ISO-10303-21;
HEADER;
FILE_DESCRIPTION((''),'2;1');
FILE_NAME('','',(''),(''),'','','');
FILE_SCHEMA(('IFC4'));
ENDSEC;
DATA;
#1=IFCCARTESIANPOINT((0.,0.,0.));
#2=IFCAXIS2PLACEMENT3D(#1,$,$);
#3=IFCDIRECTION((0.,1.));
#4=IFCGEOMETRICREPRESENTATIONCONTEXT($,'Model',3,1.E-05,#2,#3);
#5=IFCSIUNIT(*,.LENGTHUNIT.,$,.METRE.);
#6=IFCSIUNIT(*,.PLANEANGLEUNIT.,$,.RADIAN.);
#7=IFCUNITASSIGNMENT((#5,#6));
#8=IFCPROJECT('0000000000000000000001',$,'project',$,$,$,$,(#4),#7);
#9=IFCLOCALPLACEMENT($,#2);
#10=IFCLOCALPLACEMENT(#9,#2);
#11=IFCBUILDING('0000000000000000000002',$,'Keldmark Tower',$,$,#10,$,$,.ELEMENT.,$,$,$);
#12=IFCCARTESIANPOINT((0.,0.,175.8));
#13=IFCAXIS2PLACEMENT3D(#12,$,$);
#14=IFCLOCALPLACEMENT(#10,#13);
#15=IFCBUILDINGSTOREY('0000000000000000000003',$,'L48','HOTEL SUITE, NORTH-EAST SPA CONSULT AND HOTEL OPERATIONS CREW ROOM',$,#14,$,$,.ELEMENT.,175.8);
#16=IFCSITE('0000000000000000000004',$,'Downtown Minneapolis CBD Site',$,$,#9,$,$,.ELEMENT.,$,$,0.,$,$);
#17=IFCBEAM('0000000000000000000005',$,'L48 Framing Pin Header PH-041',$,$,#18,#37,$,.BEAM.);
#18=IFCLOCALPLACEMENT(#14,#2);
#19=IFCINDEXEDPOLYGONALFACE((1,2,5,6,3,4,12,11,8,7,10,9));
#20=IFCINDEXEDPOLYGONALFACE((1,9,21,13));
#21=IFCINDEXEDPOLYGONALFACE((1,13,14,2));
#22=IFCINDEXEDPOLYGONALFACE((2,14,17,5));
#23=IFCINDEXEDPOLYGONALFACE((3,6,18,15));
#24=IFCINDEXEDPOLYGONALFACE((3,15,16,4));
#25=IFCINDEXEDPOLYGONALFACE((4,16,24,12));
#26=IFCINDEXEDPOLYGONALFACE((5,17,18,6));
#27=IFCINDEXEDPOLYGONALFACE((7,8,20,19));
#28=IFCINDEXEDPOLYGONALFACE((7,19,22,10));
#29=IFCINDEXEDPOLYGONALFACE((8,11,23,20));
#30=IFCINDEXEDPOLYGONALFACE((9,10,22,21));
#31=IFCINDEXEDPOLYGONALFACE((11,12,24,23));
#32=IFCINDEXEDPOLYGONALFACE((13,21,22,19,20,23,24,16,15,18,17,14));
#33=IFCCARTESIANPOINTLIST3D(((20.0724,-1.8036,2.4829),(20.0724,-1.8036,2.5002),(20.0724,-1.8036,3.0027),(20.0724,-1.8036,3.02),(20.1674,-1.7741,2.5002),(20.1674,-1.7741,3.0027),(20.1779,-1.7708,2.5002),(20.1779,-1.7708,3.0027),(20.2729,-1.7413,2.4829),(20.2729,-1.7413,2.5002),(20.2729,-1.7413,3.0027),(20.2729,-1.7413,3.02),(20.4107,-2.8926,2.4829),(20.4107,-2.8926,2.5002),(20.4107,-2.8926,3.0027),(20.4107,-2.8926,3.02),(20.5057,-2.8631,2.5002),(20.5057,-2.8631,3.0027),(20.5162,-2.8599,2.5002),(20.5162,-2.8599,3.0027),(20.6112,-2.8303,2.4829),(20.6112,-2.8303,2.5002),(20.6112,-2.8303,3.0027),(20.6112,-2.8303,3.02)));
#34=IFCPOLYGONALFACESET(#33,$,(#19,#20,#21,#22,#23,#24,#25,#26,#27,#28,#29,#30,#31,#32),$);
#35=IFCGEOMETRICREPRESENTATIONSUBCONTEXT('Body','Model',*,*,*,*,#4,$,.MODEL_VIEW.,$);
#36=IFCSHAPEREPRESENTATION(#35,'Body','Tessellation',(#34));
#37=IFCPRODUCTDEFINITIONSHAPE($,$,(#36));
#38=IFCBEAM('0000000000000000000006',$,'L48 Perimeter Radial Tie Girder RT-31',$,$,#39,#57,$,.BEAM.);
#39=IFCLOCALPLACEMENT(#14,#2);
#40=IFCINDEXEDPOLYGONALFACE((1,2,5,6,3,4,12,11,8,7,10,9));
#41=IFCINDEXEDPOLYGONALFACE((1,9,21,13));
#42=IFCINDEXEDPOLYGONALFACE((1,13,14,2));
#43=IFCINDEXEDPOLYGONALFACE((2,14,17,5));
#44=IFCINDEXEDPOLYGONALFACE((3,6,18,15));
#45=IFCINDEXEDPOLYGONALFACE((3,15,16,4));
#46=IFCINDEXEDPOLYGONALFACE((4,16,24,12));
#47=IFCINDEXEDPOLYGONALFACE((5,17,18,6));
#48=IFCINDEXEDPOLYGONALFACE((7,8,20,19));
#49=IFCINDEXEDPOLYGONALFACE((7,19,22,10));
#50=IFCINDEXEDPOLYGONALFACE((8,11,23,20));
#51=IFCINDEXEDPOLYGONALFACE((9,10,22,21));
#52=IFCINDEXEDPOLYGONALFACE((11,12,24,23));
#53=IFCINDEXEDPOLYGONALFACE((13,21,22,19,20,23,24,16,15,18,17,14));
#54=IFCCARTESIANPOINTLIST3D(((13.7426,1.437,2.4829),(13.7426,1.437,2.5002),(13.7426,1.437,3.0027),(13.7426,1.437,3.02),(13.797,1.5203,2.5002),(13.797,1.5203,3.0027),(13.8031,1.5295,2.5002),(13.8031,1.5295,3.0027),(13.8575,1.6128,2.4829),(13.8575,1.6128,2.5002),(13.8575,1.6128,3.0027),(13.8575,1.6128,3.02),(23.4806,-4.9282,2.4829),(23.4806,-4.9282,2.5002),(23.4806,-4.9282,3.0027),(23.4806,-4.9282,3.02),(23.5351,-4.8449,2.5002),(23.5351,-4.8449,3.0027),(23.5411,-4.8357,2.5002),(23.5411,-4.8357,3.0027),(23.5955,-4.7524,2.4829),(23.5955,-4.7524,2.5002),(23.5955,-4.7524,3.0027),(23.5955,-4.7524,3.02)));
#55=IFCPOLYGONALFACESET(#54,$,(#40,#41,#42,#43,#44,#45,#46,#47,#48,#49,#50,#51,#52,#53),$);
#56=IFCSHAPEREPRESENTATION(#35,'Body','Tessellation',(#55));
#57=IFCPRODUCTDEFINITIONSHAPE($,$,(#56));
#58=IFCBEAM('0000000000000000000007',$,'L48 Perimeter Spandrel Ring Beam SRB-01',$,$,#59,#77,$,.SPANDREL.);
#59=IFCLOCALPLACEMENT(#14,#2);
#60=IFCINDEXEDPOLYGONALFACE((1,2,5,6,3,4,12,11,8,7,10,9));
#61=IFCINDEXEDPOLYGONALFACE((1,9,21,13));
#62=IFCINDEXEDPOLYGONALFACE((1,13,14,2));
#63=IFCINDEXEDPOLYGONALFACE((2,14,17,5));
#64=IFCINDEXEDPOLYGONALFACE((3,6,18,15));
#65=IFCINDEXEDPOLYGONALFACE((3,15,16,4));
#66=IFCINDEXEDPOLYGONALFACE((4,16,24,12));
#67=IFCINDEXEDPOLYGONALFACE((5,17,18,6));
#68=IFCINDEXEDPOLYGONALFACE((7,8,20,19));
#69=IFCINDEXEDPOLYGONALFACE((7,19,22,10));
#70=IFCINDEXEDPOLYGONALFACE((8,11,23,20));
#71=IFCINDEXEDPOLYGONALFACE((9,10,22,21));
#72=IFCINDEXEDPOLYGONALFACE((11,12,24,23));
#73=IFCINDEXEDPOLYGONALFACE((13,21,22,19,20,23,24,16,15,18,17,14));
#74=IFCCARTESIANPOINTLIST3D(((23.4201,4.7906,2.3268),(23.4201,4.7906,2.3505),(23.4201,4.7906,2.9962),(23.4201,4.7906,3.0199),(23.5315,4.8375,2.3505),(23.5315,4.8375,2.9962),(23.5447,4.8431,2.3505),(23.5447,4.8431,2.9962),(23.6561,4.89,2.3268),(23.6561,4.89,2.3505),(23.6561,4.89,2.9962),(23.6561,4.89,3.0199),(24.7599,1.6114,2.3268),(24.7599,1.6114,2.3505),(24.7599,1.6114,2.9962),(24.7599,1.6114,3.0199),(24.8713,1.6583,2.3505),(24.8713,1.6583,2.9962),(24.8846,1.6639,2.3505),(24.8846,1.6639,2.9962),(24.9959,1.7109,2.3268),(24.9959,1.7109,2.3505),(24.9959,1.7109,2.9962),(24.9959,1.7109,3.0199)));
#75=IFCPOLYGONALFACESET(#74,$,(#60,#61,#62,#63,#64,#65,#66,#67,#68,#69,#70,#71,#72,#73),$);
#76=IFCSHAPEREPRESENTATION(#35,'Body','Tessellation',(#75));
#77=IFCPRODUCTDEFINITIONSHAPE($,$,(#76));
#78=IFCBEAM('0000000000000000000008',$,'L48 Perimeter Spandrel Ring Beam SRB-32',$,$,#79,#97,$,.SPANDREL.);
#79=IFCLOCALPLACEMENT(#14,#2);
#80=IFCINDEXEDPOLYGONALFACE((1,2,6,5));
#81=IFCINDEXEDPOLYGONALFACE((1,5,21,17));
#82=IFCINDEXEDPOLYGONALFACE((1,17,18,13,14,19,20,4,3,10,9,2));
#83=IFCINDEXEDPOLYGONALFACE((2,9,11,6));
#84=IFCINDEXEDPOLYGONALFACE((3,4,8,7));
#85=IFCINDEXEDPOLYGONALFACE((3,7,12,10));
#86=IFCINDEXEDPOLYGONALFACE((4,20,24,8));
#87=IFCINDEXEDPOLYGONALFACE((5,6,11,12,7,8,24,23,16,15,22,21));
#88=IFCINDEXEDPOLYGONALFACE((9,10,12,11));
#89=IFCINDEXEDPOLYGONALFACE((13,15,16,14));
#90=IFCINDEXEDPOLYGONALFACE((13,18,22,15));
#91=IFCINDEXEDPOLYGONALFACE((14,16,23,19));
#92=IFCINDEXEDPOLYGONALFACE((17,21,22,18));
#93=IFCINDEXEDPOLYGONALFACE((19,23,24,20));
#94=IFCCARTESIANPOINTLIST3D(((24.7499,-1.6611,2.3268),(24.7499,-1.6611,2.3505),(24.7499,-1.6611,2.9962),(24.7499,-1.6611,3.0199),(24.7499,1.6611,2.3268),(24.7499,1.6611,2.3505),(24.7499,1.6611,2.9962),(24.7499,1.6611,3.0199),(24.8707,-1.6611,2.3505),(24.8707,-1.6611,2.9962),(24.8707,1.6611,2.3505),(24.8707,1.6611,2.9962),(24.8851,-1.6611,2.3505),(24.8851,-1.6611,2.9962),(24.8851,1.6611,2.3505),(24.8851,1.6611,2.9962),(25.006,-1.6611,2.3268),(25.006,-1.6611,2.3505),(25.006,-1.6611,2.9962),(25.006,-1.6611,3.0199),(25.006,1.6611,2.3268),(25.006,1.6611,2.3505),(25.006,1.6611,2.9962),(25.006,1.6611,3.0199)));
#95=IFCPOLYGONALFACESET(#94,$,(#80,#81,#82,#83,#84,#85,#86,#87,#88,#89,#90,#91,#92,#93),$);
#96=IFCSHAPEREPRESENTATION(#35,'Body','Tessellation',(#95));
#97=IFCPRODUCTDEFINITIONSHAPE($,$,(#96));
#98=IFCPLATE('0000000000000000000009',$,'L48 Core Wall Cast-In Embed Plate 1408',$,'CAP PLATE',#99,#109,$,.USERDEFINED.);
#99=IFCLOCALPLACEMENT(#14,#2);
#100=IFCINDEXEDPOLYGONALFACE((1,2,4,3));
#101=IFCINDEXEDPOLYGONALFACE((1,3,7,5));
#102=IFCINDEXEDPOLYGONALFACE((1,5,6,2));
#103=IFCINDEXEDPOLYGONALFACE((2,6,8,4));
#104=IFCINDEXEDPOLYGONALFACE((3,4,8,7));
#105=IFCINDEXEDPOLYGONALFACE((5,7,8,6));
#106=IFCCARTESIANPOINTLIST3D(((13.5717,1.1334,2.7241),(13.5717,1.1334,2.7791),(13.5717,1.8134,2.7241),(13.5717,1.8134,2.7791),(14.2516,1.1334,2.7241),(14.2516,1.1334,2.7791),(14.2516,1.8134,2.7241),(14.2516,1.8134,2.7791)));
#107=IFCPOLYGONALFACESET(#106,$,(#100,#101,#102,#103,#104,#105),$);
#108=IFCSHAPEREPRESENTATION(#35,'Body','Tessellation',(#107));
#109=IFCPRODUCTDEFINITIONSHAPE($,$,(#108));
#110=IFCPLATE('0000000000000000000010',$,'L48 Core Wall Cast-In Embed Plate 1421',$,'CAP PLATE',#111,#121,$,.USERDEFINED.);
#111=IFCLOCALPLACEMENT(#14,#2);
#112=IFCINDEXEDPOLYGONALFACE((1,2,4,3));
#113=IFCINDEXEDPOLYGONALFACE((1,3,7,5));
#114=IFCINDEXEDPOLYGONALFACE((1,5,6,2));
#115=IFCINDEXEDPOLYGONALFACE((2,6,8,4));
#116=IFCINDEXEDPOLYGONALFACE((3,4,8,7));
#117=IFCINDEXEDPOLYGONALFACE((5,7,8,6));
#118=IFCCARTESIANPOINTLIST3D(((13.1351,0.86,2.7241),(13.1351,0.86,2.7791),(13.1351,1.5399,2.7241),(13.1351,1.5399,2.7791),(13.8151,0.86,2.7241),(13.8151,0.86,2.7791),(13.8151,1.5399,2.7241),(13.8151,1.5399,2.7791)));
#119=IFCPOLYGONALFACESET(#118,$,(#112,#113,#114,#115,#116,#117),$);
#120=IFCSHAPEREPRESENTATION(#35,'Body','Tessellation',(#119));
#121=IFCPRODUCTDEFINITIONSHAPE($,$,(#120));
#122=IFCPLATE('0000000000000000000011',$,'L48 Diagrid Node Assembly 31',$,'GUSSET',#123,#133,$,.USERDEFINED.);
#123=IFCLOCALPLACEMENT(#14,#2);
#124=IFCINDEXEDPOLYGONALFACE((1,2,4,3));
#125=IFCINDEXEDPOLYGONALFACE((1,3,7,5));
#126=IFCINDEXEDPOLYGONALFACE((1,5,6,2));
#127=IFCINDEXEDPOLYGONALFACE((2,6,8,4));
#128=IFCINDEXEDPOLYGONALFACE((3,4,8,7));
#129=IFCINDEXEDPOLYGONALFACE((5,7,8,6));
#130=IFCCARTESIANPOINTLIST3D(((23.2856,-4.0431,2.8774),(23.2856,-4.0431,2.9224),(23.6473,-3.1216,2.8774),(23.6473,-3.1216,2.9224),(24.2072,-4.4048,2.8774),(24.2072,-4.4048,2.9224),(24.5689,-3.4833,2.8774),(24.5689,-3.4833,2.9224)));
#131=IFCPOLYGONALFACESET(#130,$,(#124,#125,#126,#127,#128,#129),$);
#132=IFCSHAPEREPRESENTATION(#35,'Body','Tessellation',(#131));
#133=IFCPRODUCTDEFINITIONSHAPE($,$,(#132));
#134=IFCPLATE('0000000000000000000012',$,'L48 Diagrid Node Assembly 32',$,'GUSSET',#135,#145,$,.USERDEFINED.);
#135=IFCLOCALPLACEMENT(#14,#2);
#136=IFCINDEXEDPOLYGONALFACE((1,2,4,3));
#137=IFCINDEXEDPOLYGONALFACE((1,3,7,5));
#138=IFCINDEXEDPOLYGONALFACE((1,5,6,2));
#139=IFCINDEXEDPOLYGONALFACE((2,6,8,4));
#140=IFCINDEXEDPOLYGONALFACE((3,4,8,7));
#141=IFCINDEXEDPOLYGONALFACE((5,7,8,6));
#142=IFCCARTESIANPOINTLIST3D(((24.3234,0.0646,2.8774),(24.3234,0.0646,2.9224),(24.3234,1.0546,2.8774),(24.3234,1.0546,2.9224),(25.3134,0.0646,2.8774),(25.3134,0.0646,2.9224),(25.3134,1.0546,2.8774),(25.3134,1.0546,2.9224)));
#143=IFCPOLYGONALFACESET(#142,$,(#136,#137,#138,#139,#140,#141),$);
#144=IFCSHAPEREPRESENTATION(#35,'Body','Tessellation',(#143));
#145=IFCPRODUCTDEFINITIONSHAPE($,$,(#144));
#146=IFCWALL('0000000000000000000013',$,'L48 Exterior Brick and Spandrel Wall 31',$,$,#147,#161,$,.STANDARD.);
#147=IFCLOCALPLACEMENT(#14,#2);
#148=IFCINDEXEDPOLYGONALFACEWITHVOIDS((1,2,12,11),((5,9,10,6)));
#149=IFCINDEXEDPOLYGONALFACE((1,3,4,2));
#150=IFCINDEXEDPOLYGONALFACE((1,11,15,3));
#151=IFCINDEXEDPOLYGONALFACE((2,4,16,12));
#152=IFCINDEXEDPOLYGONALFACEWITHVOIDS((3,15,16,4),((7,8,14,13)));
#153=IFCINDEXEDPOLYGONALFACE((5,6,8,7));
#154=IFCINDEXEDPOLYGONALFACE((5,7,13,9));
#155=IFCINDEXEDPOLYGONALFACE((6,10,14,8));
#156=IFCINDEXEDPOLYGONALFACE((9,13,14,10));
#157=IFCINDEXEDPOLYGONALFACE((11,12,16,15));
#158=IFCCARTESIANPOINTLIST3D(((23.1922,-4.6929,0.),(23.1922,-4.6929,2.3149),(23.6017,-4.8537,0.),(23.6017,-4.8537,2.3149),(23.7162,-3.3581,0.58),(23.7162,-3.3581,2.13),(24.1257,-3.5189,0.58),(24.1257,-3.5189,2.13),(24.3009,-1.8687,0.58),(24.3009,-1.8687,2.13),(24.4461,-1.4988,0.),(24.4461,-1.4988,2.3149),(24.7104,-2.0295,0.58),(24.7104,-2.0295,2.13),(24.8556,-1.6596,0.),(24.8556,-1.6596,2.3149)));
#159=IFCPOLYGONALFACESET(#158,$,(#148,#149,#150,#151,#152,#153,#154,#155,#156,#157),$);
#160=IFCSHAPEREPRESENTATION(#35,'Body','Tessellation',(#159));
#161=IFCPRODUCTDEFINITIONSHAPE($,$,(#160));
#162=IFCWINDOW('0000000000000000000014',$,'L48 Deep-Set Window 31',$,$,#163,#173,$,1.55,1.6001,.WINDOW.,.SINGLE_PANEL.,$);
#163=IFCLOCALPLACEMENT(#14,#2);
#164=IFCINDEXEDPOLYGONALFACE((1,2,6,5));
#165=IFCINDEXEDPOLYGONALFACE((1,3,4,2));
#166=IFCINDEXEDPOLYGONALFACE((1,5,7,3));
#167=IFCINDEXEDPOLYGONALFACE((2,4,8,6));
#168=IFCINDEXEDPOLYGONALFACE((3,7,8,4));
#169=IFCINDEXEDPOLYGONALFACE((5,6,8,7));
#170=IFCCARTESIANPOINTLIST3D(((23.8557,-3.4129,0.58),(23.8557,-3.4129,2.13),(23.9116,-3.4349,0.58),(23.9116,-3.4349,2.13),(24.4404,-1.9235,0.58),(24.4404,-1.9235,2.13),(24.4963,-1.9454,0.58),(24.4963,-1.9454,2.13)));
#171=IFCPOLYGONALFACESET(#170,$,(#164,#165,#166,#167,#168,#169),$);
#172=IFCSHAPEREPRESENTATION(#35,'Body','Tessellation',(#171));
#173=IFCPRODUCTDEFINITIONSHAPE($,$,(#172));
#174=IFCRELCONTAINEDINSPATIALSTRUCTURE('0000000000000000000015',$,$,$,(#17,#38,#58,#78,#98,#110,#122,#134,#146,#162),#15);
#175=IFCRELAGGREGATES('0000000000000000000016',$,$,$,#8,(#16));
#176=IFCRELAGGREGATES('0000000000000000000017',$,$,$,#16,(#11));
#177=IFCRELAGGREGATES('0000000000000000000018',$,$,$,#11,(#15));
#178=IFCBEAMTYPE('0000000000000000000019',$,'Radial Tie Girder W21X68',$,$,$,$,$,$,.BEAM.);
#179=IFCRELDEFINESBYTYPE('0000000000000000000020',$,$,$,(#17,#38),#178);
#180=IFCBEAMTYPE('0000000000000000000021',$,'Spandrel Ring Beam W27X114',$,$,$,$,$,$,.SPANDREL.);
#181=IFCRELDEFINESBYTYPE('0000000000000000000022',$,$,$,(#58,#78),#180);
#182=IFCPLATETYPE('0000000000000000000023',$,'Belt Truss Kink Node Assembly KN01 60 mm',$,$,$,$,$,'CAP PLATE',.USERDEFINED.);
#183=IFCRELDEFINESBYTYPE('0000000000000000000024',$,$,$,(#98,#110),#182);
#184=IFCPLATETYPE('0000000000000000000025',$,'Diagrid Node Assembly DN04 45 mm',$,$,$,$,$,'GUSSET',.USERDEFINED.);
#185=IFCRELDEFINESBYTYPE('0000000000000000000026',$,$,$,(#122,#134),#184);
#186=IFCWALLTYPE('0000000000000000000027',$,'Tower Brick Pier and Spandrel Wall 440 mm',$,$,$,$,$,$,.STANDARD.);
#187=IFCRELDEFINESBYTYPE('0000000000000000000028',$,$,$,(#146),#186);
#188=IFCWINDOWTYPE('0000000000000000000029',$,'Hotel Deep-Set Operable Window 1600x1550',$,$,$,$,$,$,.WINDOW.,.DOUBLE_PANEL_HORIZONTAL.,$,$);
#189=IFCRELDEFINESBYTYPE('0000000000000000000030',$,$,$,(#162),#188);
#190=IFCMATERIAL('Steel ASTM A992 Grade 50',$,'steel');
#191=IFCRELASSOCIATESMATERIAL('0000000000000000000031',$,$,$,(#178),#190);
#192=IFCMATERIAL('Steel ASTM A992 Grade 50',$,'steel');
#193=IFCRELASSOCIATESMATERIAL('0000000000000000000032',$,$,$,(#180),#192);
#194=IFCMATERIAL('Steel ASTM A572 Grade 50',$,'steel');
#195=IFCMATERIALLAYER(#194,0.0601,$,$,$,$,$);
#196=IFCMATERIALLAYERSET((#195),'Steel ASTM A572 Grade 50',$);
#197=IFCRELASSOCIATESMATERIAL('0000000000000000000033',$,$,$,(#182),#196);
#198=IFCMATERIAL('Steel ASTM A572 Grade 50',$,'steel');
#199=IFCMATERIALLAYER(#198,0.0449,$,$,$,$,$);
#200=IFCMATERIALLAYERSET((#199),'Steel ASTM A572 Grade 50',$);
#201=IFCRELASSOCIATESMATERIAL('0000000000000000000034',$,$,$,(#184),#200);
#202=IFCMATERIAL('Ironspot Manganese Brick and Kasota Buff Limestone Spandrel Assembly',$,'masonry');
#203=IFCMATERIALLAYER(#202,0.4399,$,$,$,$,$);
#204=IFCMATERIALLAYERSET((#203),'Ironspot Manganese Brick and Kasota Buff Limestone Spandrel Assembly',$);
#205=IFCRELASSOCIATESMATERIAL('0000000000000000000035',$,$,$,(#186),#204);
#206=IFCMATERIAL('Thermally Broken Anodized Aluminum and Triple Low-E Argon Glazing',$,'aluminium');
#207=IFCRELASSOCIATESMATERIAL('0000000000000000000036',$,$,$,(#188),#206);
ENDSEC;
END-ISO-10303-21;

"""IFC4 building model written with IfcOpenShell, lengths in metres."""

from ifc_helpers import new_model, si_unit, direction, frame, frame_2d, origin, origin_2d, place, context, subcontext, project, spatial, rectangle, i_section, extrude, material, layer, layer_set, material_profile, profile_set, type_object, element, fill, save


model = new_model("IFC4")

# Units and contexts
model_context = context("Model", 3, precision=1e-05, world=origin(), true_north=direction((0.0, 1.0)))
body_context = subcontext(model_context, "Body", "Model", "MODEL_VIEW")
ifc_project = project(units=[si_unit("LENGTHUNIT", "METRE"), si_unit("PLANEANGLEUNIT", "RADIAN")], contexts=[model_context])

# Site, building, storey
site_placement = place(None, origin())
site = spatial("IfcSite", under=ifc_project, at=site_placement, Name="Downtown Minneapolis CBD Site", CompositionType="ELEMENT", RefElevation=0.0)
building_placement = place(site_placement, origin())
building = spatial("IfcBuilding", under=site, at=building_placement, Name="Keldmark Tower", CompositionType="ELEMENT")
storey_placement = place(building_placement, frame((0.0, 0.0, 175.8)))
storey = spatial("IfcBuildingStorey", under=building, at=storey_placement, Name="L48", Description="HOTEL SUITE, NORTH-EAST SPA CONSULT AND HOTEL OPERATIONS CREW ROOM", CompositionType="ELEMENT", Elevation=175.8)

# Beams
ifc_material_1 = material(Name="Steel ASTM A992 Grade 50", Category="steel")
ifc_material_profile_1 = material_profile(ifc_material_1, i_section(OverallWidth=0.21, OverallDepth=0.5371, WebThickness=0.011, FlangeThickness=0.0173, at=origin_2d()), Name="W21X68")
ifc_profile_set_1 = profile_set([ifc_material_profile_1], Name="Steel ASTM A992 Grade 50")
beam_type_1 = type_object("IfcBeamType", Name="Radial Tie Girder W21X68", PredefinedType="BEAM", material=ifc_profile_set_1)
beam_1_placement = place(storey_placement, frame((20.1726, -1.7725, 2.7515), z_axis=(0.296702, -0.95497, 0.0), x_axis=(0.95497, 0.296702, 0.0)))
element("IfcBeam", 1, at=beam_1_placement, inside=storey, type_object=beam_type_1, Name="L48 Framing Pin Header PH-041", PredefinedType="BEAM", context=body_context, shape_type="SweptSolid", body=[
    extrude(i_section(OverallWidth=0.21, OverallDepth=0.5371, WebThickness=0.011, FlangeThickness=0.0173, at=origin_2d()), origin(), (0.0, 0.0, 1.0), 1.1404),
])
beam_2_placement = place(storey_placement, frame((13.8, 1.5249, 2.7515), z_axis=(0.837046, -0.547132, 0.0), x_axis=(0.547132, 0.837046, 0.0)))
element("IfcBeam", 2, at=beam_2_placement, inside=storey, type_object=beam_type_1, Name="L48 Perimeter Radial Tie Girder RT-31", PredefinedType="BEAM", context=body_context, shape_type="SweptSolid", body=[
    extrude(i_section(OverallWidth=0.21, OverallDepth=0.5371, WebThickness=0.011, FlangeThickness=0.0173, at=origin_2d()), origin(), (0.0, 0.0, 1.0), 11.6338),
])
ifc_material_2 = material(Name="Steel ASTM A992 Grade 50", Category="steel")
ifc_material_profile_2 = material_profile(ifc_material_2, i_section(OverallWidth=0.2561, OverallDepth=0.6931, WebThickness=0.0144, FlangeThickness=0.0237, at=origin_2d()), Name="W27X114")
ifc_profile_set_2 = profile_set([ifc_material_profile_2], Name="Steel ASTM A992 Grade 50")
beam_type_2 = type_object("IfcBeamType", Name="Spandrel Ring Beam W27X114", PredefinedType="SPANDREL", material=ifc_profile_set_2)
beam_3_placement = place(storey_placement, frame((24.8779, 1.6611, 2.6733), z_axis=(-0.388361, 0.921507, 0.0), x_axis=(-0.921507, -0.388361, 0.0)))
element("IfcBeam", 3, at=beam_3_placement, inside=storey, type_object=beam_type_2, Name="L48 Perimeter Spandrel Ring Beam SRB-01", PredefinedType="SPANDREL", context=body_context, shape_type="SweptSolid", body=[
    extrude(i_section(OverallWidth=0.2561, OverallDepth=0.6931, WebThickness=0.0144, FlangeThickness=0.0237, at=origin_2d()), origin(), (0.0, 0.0, 1.0), 3.45),
])
beam_4_placement = place(storey_placement, frame((24.8779, -1.6611, 2.6733), z_axis=(0.0, 1.0, 0.0), x_axis=(-1.0, 0.0, 0.0)))
element("IfcBeam", 4, at=beam_4_placement, inside=storey, type_object=beam_type_2, Name="L48 Perimeter Spandrel Ring Beam SRB-32", PredefinedType="SPANDREL", context=body_context, shape_type="SweptSolid", body=[
    extrude(i_section(OverallWidth=0.2561, OverallDepth=0.6931, WebThickness=0.0144, FlangeThickness=0.0237, at=origin_2d()), origin(), (0.0, 0.0, 1.0), 3.3223),
])

# Plates
ifc_material_3 = material(Name="Steel ASTM A572 Grade 50", Category="steel")
ifc_layer_1 = layer(ifc_material_3, 0.0601)
ifc_layer_set_1 = layer_set([ifc_layer_1], Name="Steel ASTM A572 Grade 50")
plate_type_1 = type_object("IfcPlateType", Name="Belt Truss Kink Node Assembly KN01 60 mm", ElementType="CAP PLATE", PredefinedType="USERDEFINED", material=ifc_layer_set_1)
for number, where, z_axis, x_axis, name in (
    (5, (13.9116, 1.4734, 2.7241), (0.0, 0.0, 1.0), (1.0, 0.0, 0.0), "L48 Core Wall Cast-In Embed Plate 1408"),
    (6, (13.4751, 1.2, 2.7241), (0.0, 0.0, 1.0), (1.0, 0.0, 0.0), "L48 Core Wall Cast-In Embed Plate 1421"),
):
    element("IfcPlate", number, at=place(storey_placement, frame(where, z_axis=z_axis, x_axis=x_axis)), inside=storey, type_object=plate_type_1, Name=name, ObjectType="CAP PLATE", PredefinedType="USERDEFINED", context=body_context, shape_type="SweptSolid", body=[
        extrude(rectangle(XDim=0.6799, YDim=0.6799, at=origin_2d()), origin(), (0.0, 0.0, 1.0), 0.0549),
    ])
ifc_material_4 = material(Name="Steel ASTM A572 Grade 50", Category="steel")
ifc_layer_2 = layer(ifc_material_4, 0.0449)
ifc_layer_set_2 = layer_set([ifc_layer_2], Name="Steel ASTM A572 Grade 50")
plate_type_2 = type_object("IfcPlateType", Name="Diagrid Node Assembly DN04 45 mm", ElementType="GUSSET", PredefinedType="USERDEFINED", material=ifc_layer_set_2)
for number, where, z_axis, x_axis, name in (
    (7, (23.9272, -3.7632, 2.8774), (0.0, 0.0, 1.0), (0.365364, 0.930865, 0.0), "L48 Diagrid Node Assembly 31"),
    (8, (24.8184, 0.5596, 2.8774), (0.0, 0.0, 1.0), (0.0, 1.0, 0.0), "L48 Diagrid Node Assembly 32"),
):
    element("IfcPlate", number, at=place(storey_placement, frame(where, z_axis=z_axis, x_axis=x_axis)), inside=storey, type_object=plate_type_2, Name=name, ObjectType="GUSSET", PredefinedType="USERDEFINED", context=body_context, shape_type="SweptSolid", body=[
        extrude(rectangle(XDim=0.99, YDim=0.99, at=origin_2d()), origin(), (0.0, 0.0, 1.0), 0.0449),
    ])

# Wall, opening, window
ifc_material_5 = material(Name="Ironspot Manganese Brick and Kasota Buff Limestone Spandrel Assembly", Category="masonry")
ifc_layer_3 = layer(ifc_material_5, 0.4399)
ifc_layer_set_3 = layer_set([ifc_layer_3], Name="Ironspot Manganese Brick and Kasota Buff Limestone Spandrel Assembly")
wall_type_1 = type_object("IfcWallType", Name="Tower Brick Pier and Spandrel Wall 440 mm", PredefinedType="STANDARD", material=ifc_layer_set_3)
wall_1_placement = place(storey_placement, frame((24.6509, -1.5791, 0.0), z_axis=(0.0, 0.0, 1.0), x_axis=(-0.365421, -0.930842, 0.0)))
wall_1 = element("IfcWall", 9, at=wall_1_placement, inside=storey, type_object=wall_type_1, Name="L48 Exterior Brick and Spandrel Wall 31", PredefinedType="STANDARD", context=body_context, shape_type="SweptSolid", body=[
    extrude(rectangle(XDim=3.4314, YDim=0.4399, at=frame_2d((1.7158, 0.0))), origin(), (0.0, 0.0, 1.0), 2.3149),
])
opening_1_placement = place(wall_1_placement, frame((0.3975, 0.0, 0.5801)))
opening_1 = element("IfcOpeningElement", 10, at=opening_1_placement, cuts=wall_1, PredefinedType="OPENING", context=body_context, shape_type="SweptSolid", body=[
    extrude(rectangle(XDim=1.6001, YDim=1.55, at=frame_2d((0.8, 0.7749))), frame((0.0, 0.23, 0.0), z_axis=(0.0, -1.0, 0.0), x_axis=(1.0, 0.0, 0.0)), (0.0, 0.0, 1.0), 0.46),
])
ifc_material_6 = material(Name="Thermally Broken Anodized Aluminum and Triple Low-E Argon Glazing", Category="aluminium")
window_type_1 = type_object("IfcWindowType", Name="Hotel Deep-Set Operable Window 1600x1550", PartitioningType="DOUBLE_PANEL_HORIZONTAL", PredefinedType="WINDOW", material=ifc_material_6)
window_1_placement = place(opening_1_placement, origin())
window_1 = element("IfcWindow", 11, at=window_1_placement, inside=storey, type_object=window_type_1, Name="L48 Deep-Set Window 31", OverallHeight=1.55, OverallWidth=1.6001, PartitioningType="SINGLE_PANEL", PredefinedType="WINDOW", context=body_context, shape_type="SweptSolid", body=[
    extrude(rectangle(XDim=1.6001, YDim=1.55, at=frame_2d((0.8, 0.7749))), frame((0.0, -0.01, 0.0), z_axis=(0.0, -1.0, 0.0), x_axis=(1.0, 0.0, 0.0)), (0.0, 0.0, 1.0), 0.0601),
])
fill(opening_1, window_1)

save(model, "model.ifc")
